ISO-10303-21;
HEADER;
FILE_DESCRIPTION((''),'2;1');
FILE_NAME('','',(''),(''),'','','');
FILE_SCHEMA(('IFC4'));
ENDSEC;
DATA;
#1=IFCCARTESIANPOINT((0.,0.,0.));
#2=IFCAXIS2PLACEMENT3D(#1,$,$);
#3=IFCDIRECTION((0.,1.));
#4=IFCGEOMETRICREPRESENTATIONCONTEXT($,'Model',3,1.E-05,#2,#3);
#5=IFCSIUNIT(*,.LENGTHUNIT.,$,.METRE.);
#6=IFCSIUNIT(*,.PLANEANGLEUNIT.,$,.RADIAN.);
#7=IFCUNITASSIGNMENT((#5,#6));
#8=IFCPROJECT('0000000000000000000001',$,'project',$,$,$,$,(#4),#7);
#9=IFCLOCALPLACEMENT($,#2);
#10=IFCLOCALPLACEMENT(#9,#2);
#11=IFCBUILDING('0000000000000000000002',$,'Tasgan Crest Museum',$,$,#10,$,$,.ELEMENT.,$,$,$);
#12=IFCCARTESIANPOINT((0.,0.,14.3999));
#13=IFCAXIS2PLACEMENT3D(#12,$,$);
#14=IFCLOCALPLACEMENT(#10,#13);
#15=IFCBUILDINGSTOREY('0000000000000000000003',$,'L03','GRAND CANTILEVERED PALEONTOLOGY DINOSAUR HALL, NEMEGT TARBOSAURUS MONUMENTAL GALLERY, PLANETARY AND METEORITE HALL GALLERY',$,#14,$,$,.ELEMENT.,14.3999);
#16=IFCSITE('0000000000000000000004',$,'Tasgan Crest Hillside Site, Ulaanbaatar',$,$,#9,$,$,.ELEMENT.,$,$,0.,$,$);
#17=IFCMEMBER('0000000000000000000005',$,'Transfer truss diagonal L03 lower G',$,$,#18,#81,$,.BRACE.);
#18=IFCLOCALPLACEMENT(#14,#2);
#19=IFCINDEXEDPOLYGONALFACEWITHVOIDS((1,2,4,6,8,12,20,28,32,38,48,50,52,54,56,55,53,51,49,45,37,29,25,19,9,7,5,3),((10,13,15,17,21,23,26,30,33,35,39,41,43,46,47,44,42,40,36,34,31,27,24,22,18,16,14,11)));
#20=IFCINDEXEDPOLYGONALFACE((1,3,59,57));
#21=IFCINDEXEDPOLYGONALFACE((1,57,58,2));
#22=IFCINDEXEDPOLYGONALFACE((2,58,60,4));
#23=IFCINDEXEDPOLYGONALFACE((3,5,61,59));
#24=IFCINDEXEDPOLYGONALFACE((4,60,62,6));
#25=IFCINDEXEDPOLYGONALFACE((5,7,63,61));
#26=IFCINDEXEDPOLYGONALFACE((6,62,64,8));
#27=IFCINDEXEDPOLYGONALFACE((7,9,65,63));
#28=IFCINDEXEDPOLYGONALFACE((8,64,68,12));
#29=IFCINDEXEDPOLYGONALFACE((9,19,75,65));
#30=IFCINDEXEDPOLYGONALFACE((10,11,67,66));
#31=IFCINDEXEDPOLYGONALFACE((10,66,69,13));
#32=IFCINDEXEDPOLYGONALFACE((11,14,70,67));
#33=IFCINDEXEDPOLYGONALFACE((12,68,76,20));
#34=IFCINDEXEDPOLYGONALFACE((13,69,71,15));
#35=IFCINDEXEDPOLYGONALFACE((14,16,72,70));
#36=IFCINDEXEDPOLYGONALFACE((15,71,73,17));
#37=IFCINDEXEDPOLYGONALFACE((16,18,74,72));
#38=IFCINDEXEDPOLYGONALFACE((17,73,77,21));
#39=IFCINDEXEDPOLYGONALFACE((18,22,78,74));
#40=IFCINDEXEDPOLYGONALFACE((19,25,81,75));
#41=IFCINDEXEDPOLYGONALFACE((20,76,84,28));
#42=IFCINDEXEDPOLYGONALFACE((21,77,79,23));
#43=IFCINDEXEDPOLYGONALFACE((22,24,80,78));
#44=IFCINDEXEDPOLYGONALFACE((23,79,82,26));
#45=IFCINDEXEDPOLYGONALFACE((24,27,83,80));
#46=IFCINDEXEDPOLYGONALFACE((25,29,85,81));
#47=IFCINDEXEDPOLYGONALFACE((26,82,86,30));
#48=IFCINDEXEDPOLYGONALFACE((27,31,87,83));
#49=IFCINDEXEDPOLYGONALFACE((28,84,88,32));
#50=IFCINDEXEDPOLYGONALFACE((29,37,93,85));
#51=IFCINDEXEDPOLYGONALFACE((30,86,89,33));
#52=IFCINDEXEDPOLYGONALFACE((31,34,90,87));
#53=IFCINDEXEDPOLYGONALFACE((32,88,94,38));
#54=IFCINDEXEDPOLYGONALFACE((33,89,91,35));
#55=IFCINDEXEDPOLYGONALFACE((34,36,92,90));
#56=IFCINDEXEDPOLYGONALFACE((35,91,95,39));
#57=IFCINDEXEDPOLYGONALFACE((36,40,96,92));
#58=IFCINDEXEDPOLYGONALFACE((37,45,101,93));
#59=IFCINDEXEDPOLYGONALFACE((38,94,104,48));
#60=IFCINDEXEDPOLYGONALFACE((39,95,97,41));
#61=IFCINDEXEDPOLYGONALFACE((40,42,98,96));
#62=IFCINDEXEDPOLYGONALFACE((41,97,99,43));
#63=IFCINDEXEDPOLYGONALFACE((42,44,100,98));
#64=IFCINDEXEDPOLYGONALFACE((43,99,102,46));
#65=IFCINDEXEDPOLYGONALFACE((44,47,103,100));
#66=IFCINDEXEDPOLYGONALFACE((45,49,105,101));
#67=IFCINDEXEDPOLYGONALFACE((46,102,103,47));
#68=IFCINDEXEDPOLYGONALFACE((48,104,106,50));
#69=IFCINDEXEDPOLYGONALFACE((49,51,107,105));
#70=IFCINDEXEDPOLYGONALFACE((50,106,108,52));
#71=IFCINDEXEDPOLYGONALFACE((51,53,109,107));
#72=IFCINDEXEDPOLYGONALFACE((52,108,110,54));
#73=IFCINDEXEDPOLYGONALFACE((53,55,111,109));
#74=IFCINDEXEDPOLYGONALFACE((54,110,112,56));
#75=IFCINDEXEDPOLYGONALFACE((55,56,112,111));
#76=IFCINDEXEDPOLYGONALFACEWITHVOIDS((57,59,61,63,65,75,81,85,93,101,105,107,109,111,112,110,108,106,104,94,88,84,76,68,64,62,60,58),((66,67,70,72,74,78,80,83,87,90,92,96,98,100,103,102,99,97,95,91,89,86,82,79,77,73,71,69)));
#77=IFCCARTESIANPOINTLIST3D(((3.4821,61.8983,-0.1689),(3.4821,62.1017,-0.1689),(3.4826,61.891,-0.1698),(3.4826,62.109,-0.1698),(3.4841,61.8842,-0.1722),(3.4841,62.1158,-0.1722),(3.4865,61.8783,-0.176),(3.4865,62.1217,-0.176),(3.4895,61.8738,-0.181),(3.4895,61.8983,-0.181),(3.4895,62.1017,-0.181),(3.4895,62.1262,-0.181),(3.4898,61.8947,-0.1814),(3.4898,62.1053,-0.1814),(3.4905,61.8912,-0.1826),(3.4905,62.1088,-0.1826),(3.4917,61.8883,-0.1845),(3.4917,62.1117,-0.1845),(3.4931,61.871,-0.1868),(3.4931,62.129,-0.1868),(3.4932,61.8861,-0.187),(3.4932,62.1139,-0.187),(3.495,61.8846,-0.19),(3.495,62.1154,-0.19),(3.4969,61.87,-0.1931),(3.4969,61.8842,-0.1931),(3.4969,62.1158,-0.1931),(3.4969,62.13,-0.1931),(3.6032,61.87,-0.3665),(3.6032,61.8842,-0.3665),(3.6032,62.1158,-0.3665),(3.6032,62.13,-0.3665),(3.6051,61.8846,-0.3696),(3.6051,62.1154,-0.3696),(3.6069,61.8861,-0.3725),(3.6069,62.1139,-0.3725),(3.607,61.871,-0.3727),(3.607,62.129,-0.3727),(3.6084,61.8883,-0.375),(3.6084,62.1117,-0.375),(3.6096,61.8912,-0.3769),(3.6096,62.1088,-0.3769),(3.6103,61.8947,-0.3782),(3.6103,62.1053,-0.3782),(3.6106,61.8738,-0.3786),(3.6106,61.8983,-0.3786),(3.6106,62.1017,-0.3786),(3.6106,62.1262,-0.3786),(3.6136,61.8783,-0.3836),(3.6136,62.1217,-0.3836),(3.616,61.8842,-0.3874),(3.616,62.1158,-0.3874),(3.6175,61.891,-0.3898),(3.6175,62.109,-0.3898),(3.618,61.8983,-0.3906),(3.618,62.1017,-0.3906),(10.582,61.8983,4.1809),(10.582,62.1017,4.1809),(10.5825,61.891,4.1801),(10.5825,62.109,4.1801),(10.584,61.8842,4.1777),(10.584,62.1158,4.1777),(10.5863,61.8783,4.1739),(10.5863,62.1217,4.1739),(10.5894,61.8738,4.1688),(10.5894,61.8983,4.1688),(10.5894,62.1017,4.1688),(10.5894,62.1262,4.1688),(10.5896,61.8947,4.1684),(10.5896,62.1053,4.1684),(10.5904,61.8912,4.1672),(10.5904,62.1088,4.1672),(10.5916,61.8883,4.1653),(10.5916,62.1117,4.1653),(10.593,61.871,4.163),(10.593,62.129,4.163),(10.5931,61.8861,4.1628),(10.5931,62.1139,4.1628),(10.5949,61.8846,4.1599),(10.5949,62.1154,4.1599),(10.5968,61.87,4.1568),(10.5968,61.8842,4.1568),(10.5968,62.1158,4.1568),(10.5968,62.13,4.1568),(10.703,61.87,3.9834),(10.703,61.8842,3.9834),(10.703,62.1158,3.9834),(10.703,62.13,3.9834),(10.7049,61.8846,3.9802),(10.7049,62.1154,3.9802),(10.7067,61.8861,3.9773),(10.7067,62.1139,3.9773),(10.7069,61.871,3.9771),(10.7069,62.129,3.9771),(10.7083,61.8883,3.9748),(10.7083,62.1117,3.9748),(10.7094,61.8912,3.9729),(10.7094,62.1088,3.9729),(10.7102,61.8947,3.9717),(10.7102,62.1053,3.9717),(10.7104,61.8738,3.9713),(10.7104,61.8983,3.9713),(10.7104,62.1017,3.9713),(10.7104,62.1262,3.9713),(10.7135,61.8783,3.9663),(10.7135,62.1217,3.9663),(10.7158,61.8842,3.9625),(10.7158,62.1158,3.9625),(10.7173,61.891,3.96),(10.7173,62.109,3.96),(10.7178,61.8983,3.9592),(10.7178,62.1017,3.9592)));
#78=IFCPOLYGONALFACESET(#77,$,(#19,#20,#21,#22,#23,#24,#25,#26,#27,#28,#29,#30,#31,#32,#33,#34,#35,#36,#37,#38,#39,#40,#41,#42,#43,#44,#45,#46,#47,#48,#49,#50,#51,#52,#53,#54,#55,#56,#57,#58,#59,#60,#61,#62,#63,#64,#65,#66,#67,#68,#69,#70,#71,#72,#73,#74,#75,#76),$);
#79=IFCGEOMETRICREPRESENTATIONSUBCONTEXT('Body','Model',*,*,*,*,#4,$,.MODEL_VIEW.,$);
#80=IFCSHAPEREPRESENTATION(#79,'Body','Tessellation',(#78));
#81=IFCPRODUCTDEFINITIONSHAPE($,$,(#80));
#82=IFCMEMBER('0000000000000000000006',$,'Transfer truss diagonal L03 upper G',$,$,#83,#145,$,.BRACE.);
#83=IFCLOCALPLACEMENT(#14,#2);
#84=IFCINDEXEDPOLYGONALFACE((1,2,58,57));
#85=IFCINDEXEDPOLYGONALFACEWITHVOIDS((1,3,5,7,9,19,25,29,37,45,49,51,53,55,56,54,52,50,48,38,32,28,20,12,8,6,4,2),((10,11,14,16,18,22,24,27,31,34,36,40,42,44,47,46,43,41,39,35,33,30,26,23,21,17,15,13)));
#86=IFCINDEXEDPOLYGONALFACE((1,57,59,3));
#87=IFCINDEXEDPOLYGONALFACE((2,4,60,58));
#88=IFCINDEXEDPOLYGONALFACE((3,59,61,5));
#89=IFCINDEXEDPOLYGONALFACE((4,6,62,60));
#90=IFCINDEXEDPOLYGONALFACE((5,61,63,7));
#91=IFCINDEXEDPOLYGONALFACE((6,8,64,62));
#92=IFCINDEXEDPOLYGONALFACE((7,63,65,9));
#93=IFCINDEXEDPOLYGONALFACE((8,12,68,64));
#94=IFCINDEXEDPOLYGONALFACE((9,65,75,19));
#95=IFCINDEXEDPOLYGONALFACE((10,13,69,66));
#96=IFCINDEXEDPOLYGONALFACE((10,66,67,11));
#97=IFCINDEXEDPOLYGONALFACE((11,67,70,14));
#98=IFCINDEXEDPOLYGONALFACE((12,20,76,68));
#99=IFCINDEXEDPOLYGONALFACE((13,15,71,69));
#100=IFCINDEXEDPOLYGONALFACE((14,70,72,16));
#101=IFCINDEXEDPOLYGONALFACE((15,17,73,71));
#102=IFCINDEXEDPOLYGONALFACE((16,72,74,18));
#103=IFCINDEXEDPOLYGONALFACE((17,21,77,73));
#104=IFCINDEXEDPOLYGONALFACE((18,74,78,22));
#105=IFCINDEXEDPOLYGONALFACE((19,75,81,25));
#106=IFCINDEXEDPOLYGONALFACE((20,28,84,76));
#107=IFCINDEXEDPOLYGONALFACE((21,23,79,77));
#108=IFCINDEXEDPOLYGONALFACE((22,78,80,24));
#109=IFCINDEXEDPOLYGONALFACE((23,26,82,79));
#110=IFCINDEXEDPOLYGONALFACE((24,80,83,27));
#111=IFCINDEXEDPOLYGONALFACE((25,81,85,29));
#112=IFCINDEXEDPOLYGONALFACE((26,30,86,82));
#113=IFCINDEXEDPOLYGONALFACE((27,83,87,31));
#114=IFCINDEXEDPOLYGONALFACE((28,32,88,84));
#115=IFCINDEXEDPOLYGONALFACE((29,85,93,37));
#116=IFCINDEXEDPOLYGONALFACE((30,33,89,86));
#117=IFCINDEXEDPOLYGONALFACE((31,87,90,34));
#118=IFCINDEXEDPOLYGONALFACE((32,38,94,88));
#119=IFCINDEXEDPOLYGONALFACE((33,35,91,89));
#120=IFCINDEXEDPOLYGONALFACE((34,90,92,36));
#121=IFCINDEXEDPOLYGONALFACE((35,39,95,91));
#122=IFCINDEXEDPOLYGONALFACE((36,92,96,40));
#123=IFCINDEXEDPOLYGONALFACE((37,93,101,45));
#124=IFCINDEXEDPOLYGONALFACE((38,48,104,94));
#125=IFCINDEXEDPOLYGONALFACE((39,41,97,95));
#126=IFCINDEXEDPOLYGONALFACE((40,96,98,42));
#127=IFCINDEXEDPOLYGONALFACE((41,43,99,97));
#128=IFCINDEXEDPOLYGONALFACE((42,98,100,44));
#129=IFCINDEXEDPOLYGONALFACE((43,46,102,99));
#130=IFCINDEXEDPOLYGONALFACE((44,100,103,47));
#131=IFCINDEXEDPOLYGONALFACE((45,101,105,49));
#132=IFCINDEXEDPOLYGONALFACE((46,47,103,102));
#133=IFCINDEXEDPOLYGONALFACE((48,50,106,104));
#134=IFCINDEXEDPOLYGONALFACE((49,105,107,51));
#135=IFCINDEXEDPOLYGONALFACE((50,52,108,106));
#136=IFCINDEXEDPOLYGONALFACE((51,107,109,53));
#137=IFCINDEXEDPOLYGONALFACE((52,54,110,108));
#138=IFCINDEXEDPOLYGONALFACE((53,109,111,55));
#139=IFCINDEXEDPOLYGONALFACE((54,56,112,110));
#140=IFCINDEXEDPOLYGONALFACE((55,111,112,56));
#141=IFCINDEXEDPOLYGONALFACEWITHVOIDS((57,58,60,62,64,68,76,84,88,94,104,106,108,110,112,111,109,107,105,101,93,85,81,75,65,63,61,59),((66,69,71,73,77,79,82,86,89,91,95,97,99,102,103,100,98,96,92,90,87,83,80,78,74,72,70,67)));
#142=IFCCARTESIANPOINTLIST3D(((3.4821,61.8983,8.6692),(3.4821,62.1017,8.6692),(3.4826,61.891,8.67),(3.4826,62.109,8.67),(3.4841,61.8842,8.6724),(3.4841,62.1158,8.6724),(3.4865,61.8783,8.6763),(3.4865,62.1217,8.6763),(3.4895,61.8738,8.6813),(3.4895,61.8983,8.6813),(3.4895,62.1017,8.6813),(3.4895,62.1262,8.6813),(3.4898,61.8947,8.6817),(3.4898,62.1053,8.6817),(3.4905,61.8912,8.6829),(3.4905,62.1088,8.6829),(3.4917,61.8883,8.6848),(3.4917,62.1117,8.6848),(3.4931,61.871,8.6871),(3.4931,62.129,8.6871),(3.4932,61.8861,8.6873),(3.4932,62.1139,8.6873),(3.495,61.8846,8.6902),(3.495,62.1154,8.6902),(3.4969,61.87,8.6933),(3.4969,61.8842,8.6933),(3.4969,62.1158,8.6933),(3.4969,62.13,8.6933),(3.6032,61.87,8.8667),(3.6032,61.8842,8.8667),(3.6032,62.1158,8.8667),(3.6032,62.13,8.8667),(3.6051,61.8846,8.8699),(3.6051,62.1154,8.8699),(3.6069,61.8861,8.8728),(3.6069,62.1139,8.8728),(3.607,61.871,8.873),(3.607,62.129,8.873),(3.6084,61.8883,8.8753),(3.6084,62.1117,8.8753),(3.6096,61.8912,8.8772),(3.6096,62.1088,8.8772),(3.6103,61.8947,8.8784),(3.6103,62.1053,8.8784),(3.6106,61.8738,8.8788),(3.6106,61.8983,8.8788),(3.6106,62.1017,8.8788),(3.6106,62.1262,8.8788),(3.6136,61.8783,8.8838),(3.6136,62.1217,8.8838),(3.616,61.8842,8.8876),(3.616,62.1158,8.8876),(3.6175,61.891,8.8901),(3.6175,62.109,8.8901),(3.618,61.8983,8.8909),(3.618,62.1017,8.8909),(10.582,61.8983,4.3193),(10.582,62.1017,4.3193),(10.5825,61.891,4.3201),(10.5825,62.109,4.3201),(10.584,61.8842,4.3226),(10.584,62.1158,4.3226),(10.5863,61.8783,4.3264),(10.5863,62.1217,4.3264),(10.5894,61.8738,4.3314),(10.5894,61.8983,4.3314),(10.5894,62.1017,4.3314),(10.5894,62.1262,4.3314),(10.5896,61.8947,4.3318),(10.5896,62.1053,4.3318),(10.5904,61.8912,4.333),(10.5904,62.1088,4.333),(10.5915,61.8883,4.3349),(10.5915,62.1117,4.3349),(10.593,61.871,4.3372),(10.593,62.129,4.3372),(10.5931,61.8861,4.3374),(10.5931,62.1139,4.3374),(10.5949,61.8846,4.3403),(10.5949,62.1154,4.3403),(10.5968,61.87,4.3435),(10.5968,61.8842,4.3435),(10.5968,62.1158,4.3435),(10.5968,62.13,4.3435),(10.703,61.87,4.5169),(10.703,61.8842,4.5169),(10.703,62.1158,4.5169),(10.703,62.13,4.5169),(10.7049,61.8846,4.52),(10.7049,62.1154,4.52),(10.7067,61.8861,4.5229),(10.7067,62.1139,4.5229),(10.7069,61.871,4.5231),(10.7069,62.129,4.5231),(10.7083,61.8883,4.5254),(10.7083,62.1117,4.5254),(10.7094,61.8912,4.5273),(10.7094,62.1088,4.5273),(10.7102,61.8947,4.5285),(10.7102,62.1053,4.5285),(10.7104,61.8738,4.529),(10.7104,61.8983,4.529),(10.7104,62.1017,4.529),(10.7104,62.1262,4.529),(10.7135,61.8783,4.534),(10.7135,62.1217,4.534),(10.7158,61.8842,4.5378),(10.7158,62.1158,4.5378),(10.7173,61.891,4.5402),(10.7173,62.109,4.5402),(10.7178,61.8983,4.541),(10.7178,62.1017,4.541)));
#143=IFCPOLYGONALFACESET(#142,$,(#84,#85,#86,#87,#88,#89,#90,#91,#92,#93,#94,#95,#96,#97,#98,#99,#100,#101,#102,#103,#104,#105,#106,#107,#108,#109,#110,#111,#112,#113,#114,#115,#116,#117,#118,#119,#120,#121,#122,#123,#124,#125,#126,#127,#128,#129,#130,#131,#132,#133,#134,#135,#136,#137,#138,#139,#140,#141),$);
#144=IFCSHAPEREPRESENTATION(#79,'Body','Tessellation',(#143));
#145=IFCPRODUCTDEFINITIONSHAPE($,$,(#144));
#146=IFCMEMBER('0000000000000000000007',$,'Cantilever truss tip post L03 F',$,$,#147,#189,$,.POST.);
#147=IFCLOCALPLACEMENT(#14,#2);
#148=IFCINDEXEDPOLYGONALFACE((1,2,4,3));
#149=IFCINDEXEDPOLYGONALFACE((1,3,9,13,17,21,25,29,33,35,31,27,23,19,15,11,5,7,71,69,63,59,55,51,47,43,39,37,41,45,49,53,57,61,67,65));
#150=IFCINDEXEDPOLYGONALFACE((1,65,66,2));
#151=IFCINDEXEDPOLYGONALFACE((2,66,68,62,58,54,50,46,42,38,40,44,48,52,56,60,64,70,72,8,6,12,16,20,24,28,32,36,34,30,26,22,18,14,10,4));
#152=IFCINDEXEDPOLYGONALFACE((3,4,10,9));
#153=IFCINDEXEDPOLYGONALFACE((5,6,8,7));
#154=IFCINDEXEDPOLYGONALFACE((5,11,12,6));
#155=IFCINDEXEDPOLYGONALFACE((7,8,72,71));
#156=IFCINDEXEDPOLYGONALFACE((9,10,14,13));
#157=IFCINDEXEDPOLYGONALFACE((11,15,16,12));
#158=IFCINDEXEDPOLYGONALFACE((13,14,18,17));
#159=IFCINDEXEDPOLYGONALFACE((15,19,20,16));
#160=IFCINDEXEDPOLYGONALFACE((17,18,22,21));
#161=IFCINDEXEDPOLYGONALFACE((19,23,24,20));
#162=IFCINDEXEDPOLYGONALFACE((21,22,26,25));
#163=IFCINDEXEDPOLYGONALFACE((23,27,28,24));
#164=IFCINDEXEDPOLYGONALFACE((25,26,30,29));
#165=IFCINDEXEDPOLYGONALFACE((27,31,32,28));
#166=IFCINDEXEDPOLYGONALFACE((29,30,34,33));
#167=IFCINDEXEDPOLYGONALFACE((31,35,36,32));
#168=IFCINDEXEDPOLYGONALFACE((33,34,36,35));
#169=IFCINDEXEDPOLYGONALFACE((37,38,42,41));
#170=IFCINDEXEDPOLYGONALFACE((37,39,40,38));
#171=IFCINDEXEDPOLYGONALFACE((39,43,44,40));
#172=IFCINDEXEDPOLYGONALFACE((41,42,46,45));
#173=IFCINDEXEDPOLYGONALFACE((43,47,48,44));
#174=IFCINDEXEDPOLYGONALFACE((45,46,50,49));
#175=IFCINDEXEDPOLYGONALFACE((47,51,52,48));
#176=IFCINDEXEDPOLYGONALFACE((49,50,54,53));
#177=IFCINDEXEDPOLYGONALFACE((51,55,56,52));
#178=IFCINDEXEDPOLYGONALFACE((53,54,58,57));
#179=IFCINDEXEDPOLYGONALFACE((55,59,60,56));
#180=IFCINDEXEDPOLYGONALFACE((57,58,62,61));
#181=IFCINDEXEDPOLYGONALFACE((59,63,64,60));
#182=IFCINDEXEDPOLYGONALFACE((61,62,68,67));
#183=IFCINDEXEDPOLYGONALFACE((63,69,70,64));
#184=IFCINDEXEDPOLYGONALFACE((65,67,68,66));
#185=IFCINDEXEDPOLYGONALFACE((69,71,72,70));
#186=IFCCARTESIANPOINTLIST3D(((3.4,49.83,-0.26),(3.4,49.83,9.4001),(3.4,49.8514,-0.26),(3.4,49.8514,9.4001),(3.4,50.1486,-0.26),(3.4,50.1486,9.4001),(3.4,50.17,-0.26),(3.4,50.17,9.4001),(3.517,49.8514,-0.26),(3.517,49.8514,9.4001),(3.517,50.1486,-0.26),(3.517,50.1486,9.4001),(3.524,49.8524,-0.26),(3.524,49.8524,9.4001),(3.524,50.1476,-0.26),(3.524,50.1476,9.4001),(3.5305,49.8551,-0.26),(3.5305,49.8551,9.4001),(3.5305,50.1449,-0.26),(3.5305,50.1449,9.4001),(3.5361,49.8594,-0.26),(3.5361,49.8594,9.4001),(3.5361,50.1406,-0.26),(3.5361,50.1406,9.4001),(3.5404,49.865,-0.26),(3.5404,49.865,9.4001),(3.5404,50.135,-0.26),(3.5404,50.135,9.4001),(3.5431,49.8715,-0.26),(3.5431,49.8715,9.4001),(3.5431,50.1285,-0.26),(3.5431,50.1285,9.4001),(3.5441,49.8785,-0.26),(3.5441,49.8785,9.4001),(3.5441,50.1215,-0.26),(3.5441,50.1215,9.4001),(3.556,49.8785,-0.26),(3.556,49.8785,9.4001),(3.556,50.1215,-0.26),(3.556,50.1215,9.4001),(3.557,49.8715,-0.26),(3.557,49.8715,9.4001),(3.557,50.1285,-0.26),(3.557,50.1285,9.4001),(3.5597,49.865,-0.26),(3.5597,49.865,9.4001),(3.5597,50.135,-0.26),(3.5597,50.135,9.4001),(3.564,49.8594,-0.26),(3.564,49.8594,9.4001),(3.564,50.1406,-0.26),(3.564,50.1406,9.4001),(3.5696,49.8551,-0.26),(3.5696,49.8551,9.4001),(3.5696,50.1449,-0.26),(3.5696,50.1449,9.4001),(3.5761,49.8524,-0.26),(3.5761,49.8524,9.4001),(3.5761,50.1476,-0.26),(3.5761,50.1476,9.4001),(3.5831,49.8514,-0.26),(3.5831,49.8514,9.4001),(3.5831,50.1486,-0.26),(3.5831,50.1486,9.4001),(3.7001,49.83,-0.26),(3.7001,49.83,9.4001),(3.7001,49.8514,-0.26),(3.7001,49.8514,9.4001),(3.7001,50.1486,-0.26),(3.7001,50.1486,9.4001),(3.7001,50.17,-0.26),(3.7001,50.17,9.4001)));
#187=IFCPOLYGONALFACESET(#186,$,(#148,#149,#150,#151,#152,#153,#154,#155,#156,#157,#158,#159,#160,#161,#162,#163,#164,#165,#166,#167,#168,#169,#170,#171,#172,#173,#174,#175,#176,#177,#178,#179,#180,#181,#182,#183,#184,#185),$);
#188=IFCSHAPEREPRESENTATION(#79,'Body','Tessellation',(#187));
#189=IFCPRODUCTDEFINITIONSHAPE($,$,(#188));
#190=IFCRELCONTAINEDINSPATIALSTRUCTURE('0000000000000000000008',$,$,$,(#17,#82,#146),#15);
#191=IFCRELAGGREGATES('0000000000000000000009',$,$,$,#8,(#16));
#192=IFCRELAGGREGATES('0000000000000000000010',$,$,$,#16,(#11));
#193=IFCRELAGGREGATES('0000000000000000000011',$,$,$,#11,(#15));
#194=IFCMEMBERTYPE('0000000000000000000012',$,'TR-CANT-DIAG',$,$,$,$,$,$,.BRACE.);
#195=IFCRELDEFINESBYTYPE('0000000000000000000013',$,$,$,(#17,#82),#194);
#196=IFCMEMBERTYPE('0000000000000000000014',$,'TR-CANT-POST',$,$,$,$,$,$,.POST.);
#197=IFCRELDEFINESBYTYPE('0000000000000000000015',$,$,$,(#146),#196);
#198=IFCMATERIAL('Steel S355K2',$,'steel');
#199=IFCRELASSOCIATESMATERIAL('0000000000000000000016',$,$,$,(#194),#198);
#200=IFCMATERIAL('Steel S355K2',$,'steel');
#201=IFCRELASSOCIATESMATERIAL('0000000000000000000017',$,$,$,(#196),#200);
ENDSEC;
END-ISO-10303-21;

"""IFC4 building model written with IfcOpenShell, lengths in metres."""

from ifc_helpers import new_model, si_unit, direction, frame, origin, origin_2d, place, context, subcontext, project, spatial, hollow_rectangle, i_section, extrude, material, material_profile, profile_set, type_object, element, save


model = new_model("IFC4")

# Units and contexts
model_context = context("Model", 3, precision=1e-05, world=origin(), true_north=direction((0.0, 1.0)))
body_context = subcontext(model_context, "Body", "Model", "MODEL_VIEW")
ifc_project = project(units=[si_unit("LENGTHUNIT", "METRE"), si_unit("PLANEANGLEUNIT", "RADIAN")], contexts=[model_context])

# Site, building, storey
site_placement = place(None, origin())
site = spatial("IfcSite", under=ifc_project, at=site_placement, Name="Tasgan Crest Hillside Site, Ulaanbaatar", CompositionType="ELEMENT", RefElevation=0.0)
building_placement = place(site_placement, origin())
building = spatial("IfcBuilding", under=site, at=building_placement, Name="Tasgan Crest Museum", CompositionType="ELEMENT")
storey_placement = place(building_placement, frame((0.0, 0.0, 14.3999)))
storey = spatial("IfcBuildingStorey", under=building, at=storey_placement, Name="L03", Description="GRAND CANTILEVERED PALEONTOLOGY DINOSAUR HALL, NEMEGT TARBOSAURUS MONUMENTAL GALLERY, PLANETARY AND METEORITE HALL GALLERY", CompositionType="ELEMENT", Elevation=14.3999)

# Members
ifc_material_1 = material(Name="Steel S355K2", Category="steel")
ifc_material_profile_1 = material_profile(ifc_material_1, hollow_rectangle(XDim=0.26, YDim=0.26, WallThickness=0.0142, InnerFilletRadius=0.0142, OuterFilletRadius=0.0283, at=origin_2d()), Name="SHS 260x260x14.2")
ifc_profile_set_1 = profile_set([ifc_material_profile_1], Name="Steel S355K2")
member_type_1 = type_object("IfcMemberType", Name="TR-CANT-DIAG", PredefinedType="BRACE", material=ifc_profile_set_1)
for number, where, z_axis, x_axis, name in (
    (1, (3.55, 62.0, -0.2798), (0.852691, 0.0, 0.522416), (0.0, 1.0, 0.0), "Transfer truss diagonal L03 lower G"),
    (2, (10.6499, 62.0, 4.4302), (-0.852691, 0.0, 0.522416), (0.0, -1.0, 0.0), "Transfer truss diagonal L03 upper G"),
):
    element("IfcMember", number, at=place(storey_placement, frame(where, z_axis=z_axis, x_axis=x_axis)), inside=storey, type_object=member_type_1, Name=name, PredefinedType="BRACE", context=body_context, shape_type="SweptSolid", body=[
        extrude(hollow_rectangle(XDim=0.26, YDim=0.26, WallThickness=0.0142, InnerFilletRadius=0.0142, OuterFilletRadius=0.0283, at=origin_2d()), origin(), (0.0, 0.0, 1.0), 8.3264),
    ])
ifc_material_2 = material(Name="Steel S355K2", Category="steel")
ifc_material_profile_2 = material_profile(ifc_material_2, i_section(OverallWidth=0.3, OverallDepth=0.3401, WebThickness=0.012, FlangeThickness=0.0215, FilletRadius=0.0271, at=origin_2d()), Name="HEB 340")
ifc_profile_set_2 = profile_set([ifc_material_profile_2], Name="Steel S355K2")
member_type_2 = type_object("IfcMemberType", Name="TR-CANT-POST", PredefinedType="POST", material=ifc_profile_set_2)
for number, where, z_axis, x_axis, name in (
    (3, (3.55, 50.0, -0.26), (0.0, 0.0, 1.0), (1.0, 0.0, 0.0), "Cantilever truss tip post L03 F"),
):
    element("IfcMember", number, at=place(storey_placement, frame(where, z_axis=z_axis, x_axis=x_axis)), inside=storey, type_object=member_type_2, Name=name, PredefinedType="POST", context=body_context, shape_type="SweptSolid", body=[
        extrude(i_section(OverallWidth=0.3, OverallDepth=0.3401, WebThickness=0.012, FlangeThickness=0.0215, FilletRadius=0.0271, at=origin_2d()), origin(), (0.0, 0.0, 1.0), 9.6602),
    ])

save(model, "model.ifc")
